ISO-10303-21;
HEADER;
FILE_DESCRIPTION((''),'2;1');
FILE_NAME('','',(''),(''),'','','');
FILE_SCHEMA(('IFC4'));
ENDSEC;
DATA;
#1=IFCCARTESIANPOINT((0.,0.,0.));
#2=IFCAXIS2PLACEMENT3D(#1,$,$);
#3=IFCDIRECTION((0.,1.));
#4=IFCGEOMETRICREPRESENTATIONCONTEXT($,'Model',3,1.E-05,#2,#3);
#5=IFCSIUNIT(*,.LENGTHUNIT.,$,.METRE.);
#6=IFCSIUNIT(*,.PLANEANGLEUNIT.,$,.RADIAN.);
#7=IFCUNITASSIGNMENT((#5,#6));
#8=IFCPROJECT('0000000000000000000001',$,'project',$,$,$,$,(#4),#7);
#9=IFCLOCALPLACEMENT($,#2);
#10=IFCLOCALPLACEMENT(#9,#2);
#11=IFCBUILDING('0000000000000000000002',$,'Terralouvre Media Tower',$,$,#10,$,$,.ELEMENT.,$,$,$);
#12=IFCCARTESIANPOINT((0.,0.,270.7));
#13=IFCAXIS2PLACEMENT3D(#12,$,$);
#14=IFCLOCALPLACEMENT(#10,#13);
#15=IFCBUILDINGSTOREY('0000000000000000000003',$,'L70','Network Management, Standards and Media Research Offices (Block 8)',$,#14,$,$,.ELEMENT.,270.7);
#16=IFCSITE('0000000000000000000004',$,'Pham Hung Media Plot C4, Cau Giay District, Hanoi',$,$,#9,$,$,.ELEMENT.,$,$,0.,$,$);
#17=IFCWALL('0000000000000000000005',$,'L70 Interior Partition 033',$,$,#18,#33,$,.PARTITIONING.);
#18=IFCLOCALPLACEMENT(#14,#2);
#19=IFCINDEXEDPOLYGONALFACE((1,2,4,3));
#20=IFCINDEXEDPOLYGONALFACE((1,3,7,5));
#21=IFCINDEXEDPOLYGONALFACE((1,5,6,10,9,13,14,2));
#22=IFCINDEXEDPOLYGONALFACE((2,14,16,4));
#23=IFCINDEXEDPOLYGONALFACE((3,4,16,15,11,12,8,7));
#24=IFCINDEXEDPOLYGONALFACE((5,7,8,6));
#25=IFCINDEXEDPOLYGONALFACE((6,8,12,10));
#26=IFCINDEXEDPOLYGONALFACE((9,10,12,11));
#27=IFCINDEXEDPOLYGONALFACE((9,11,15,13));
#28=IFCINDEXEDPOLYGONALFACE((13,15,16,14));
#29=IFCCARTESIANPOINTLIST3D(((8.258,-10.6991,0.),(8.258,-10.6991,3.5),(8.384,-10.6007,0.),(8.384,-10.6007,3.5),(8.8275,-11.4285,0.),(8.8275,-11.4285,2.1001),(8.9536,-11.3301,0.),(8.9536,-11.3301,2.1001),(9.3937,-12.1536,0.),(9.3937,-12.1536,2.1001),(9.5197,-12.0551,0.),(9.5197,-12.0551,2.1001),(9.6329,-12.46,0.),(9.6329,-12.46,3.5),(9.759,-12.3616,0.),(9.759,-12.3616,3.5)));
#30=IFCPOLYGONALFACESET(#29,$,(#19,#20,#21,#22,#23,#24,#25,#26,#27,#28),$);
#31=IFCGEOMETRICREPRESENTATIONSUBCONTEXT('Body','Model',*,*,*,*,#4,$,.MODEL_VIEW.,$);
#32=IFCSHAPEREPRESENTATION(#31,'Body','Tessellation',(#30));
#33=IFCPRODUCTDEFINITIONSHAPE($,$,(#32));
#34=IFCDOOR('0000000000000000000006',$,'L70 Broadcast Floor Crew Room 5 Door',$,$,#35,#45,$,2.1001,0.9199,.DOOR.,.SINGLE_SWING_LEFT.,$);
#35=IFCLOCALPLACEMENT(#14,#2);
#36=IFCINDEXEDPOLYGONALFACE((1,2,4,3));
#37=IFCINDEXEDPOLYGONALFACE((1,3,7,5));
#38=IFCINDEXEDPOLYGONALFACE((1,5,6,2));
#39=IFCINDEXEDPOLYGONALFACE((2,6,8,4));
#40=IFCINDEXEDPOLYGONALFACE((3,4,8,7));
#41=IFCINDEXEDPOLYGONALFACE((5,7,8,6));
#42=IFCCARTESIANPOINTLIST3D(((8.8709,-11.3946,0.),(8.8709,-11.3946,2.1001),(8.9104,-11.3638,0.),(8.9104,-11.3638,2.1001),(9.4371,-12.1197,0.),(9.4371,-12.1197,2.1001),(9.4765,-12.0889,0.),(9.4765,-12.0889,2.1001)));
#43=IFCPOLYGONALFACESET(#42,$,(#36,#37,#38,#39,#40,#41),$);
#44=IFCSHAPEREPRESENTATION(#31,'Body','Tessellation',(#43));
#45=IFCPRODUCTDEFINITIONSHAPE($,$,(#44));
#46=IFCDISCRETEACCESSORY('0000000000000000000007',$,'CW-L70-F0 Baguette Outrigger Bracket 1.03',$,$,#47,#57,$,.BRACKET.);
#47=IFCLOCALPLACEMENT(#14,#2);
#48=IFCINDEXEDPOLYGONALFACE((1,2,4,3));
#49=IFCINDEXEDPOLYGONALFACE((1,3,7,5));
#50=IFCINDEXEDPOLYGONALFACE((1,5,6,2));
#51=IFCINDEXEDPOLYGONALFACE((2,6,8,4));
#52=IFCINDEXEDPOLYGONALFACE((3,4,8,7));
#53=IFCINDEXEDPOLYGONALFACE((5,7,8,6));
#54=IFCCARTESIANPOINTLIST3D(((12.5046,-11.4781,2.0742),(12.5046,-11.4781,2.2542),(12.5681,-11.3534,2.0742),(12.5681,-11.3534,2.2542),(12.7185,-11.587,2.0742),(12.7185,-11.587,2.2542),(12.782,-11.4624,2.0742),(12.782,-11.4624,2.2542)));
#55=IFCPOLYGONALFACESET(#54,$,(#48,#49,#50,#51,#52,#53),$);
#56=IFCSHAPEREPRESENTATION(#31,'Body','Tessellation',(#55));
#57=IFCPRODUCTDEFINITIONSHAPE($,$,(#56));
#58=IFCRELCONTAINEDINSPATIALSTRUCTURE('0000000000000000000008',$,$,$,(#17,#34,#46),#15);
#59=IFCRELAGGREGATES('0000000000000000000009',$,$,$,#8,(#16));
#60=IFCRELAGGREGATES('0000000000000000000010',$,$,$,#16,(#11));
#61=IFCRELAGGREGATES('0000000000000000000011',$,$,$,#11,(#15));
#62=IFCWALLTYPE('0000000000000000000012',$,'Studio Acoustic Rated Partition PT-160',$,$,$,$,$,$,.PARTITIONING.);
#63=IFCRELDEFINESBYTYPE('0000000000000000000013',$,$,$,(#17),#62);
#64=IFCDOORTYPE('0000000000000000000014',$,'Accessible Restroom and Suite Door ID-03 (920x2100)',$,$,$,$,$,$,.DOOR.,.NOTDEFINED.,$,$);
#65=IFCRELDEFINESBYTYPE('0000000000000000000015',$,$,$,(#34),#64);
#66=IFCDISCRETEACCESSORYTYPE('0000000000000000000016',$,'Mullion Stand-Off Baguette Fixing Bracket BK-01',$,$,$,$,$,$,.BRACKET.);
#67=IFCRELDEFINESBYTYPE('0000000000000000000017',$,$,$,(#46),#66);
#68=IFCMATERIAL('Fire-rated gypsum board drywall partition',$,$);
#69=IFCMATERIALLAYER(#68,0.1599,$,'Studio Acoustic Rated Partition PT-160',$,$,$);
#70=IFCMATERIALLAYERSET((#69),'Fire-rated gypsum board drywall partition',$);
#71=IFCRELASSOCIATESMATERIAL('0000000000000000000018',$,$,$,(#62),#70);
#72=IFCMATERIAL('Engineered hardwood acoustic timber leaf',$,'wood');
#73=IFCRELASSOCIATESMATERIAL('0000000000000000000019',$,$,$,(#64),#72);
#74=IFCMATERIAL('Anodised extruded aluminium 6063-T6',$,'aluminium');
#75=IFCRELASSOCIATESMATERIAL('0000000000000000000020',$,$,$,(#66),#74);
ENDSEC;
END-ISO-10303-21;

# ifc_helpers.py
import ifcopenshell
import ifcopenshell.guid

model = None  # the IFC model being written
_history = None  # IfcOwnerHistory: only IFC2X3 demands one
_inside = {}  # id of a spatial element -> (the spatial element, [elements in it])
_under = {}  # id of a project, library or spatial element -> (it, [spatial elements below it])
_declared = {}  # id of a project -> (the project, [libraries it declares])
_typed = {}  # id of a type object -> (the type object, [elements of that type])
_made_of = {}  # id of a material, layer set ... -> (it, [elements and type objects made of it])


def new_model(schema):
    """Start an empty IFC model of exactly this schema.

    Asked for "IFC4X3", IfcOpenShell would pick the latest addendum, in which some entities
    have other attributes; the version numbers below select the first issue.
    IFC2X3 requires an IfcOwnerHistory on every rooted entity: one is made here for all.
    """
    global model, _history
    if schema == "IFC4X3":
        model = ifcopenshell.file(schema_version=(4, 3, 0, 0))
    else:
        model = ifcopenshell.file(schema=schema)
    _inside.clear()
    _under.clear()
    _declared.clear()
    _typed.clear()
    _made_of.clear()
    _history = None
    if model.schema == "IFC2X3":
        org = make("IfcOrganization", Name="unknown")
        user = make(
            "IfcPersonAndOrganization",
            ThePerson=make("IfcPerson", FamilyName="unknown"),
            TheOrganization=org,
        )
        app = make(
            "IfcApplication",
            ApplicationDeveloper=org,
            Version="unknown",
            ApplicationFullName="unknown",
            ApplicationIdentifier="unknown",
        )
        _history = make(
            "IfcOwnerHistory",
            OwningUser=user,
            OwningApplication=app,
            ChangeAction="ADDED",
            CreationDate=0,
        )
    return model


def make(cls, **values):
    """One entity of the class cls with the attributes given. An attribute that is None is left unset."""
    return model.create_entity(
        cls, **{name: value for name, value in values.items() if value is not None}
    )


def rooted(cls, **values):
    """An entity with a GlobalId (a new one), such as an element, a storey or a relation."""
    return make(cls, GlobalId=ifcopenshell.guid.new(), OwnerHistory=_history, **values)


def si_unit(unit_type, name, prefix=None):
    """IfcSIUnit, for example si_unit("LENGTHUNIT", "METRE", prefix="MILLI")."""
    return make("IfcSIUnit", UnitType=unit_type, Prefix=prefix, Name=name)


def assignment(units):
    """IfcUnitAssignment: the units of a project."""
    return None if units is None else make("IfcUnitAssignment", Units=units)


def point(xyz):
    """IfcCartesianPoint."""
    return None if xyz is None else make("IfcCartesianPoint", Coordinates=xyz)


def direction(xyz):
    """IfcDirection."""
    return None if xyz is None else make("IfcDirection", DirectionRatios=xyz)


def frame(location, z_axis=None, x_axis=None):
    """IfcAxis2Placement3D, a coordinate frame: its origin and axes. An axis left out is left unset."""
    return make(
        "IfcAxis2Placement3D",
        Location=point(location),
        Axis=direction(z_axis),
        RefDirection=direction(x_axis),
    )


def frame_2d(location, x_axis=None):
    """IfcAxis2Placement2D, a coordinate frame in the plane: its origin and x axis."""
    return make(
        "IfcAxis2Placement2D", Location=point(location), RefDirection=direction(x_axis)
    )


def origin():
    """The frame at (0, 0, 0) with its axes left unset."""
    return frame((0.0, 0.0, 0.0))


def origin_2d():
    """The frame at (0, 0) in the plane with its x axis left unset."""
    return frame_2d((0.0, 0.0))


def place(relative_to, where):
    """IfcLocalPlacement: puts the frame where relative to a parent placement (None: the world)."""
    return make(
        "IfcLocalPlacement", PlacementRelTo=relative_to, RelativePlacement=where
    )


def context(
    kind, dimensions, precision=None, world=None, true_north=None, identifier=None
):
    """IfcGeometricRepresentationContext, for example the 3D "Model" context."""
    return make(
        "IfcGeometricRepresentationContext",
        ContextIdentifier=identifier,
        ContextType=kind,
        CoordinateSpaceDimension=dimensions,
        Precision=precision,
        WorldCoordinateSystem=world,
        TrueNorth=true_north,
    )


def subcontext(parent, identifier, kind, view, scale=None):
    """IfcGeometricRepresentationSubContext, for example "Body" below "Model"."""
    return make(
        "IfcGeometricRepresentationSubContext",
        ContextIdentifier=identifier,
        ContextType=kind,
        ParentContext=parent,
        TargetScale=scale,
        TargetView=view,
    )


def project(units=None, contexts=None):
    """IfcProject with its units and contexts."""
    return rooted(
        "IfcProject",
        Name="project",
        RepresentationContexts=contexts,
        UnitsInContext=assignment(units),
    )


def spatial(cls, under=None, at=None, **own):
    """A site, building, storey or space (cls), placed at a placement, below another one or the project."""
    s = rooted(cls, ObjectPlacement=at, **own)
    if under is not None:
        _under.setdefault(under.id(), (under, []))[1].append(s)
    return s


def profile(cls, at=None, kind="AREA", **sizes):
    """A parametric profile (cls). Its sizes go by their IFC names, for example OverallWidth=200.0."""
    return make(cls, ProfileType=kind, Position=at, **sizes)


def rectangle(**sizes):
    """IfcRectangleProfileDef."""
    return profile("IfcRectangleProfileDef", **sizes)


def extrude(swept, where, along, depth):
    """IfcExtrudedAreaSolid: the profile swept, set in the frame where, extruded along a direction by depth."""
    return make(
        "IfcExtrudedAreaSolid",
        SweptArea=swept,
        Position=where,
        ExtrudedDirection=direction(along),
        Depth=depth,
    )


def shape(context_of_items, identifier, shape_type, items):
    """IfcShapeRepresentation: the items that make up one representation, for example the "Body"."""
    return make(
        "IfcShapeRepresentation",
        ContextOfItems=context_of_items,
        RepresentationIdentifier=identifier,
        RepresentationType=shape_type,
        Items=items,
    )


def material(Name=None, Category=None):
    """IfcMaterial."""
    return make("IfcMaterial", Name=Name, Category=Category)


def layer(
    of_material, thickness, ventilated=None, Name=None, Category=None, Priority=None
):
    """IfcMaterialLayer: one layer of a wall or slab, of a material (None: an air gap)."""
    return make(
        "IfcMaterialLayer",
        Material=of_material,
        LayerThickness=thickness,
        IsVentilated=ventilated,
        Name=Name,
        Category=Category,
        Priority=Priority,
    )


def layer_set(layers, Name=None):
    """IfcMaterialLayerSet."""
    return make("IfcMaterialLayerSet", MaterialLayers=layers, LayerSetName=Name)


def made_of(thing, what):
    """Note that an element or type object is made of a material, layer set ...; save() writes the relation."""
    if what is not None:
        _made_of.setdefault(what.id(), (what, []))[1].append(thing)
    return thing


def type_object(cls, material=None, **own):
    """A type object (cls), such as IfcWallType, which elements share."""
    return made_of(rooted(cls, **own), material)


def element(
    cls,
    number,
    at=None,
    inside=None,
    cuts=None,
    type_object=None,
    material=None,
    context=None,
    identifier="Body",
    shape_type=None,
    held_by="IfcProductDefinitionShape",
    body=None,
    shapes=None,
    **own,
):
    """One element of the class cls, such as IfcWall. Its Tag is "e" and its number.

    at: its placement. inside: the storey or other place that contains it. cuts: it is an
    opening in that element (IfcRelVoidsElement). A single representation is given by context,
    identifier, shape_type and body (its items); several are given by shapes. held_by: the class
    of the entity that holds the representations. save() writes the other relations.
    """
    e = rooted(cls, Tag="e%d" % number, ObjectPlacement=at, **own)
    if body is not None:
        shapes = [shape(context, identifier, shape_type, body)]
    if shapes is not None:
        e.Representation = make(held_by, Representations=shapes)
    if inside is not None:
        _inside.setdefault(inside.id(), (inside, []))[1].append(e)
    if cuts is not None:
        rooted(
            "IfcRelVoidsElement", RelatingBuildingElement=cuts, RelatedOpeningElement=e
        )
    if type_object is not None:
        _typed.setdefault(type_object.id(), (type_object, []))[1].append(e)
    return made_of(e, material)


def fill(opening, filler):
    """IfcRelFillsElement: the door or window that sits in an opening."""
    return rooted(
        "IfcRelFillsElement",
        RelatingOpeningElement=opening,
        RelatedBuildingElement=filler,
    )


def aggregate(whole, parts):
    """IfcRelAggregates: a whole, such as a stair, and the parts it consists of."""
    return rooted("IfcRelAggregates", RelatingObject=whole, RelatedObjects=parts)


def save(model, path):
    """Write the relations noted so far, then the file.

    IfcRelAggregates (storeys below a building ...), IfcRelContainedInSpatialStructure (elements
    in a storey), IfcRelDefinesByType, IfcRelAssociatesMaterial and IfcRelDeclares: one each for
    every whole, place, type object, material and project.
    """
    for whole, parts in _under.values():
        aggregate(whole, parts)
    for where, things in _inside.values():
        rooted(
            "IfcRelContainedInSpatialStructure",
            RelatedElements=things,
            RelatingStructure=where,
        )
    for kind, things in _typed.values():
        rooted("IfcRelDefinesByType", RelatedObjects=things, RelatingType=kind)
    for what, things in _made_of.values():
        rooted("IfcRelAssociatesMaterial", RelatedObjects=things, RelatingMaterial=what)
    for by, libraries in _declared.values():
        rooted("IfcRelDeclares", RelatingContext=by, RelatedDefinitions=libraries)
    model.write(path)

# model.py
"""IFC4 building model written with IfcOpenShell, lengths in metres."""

from ifc_helpers import new_model, si_unit, direction, frame, frame_2d, origin, origin_2d, place, context, subcontext, project, spatial, rectangle, extrude, material, layer, layer_set, type_object, element, fill, save


model = new_model("IFC4")

# Units and contexts
model_context = context("Model", 3, precision=1e-05, world=origin(), true_north=direction((0.0, 1.0)))
body_context = subcontext(model_context, "Body", "Model", "MODEL_VIEW")
ifc_project = project(units=[si_unit("LENGTHUNIT", "METRE"), si_unit("PLANEANGLEUNIT", "RADIAN")], contexts=[model_context])

# Site, building, storey
site_placement = place(None, origin())
site = spatial("IfcSite", under=ifc_project, at=site_placement, Name="Pham Hung Media Plot C4, Cau Giay District, Hanoi", CompositionType="ELEMENT", RefElevation=0.0)
building_placement = place(site_placement, origin())
building = spatial("IfcBuilding", under=site, at=building_placement, Name="Terralouvre Media Tower", CompositionType="ELEMENT")
storey_placement = place(building_placement, frame((0.0, 0.0, 270.7)))
storey = spatial("IfcBuildingStorey", under=building, at=storey_placement, Name="L70", Description="Network Management, Standards and Media Research Offices (Block 8)", CompositionType="ELEMENT", Elevation=270.7)

# Wall, opening, door
ifc_material_1 = material(Name="Fire-rated gypsum board drywall partition")
ifc_layer_1 = layer(ifc_material_1, 0.1599, Name="Studio Acoustic Rated Partition PT-160")
ifc_layer_set_1 = layer_set([ifc_layer_1], Name="Fire-rated gypsum board drywall partition")
wall_type_1 = type_object("IfcWallType", Name="Studio Acoustic Rated Partition PT-160", PredefinedType="PARTITIONING", material=ifc_layer_set_1)
wall_1_placement = place(storey_placement, frame((9.696, -12.4109, 0.0), z_axis=(0.0, 0.0, 1.0), x_axis=(-0.61543, 0.788192, 0.0)))
wall_1 = element("IfcWall", 1, at=wall_1_placement, inside=storey, type_object=wall_type_1, Name="L70 Interior Partition 033", PredefinedType="PARTITIONING", context=body_context, shape_type="SweptSolid", body=[
    extrude(rectangle(XDim=2.2341, YDim=0.1599, at=frame_2d((1.1172, 0.0))), origin(), (0.0, 0.0, 1.0), 3.5),
])
opening_1_placement = place(wall_1_placement, frame((0.3889, 0.0, 0.0)))
opening_1 = element("IfcOpeningElement", 2, at=opening_1_placement, cuts=wall_1, PredefinedType="OPENING", context=body_context, shape_type="SweptSolid", body=[
    extrude(rectangle(XDim=0.9199, YDim=2.1001, at=frame_2d((0.46, 1.05))), frame((0.0, 0.0898, 0.0), z_axis=(0.0, -1.0, 0.0), x_axis=(1.0, 0.0, 0.0)), (0.0, 0.0, 1.0), 0.1799),
])
ifc_material_2 = material(Name="Engineered hardwood acoustic timber leaf", Category="wood")
door_type_1 = type_object("IfcDoorType", Name="Accessible Restroom and Suite Door ID-03 (920x2100)", OperationType="NOTDEFINED", PredefinedType="DOOR", material=ifc_material_2)
door_1_placement = place(opening_1_placement, origin())
door_1 = element("IfcDoor", 3, at=door_1_placement, inside=storey, type_object=door_type_1, Name="L70 Broadcast Floor Crew Room 5 Door", OperationType="SINGLE_SWING_LEFT", OverallHeight=2.1001, OverallWidth=0.9199, PredefinedType="DOOR", context=body_context, shape_type="SweptSolid", body=[
    extrude(rectangle(XDim=0.9199, YDim=2.1001, at=frame_2d((0.46, 1.05))), frame((0.0, 0.0249, 0.0), z_axis=(0.0, -1.0, 0.0), x_axis=(1.0, 0.0, 0.0)), (0.0, 0.0, 1.0), 0.05),
])
fill(opening_1, door_1)

# Discrete accessory
ifc_material_3 = material(Name="Anodised extruded aluminium 6063-T6", Category="aluminium")
discrete_accessory_type = type_object("IfcDiscreteAccessoryType", Name="Mullion Stand-Off Baguette Fixing Bracket BK-01", PredefinedType="BRACKET", material=ifc_material_3)
discrete_accessory_placement = place(storey_placement, frame((12.6433, -11.4702, 2.0742), z_axis=(0.0, 0.0, 1.0), x_axis=(0.45399, 0.891007, 0.0)))
element("IfcDiscreteAccessory", 4, at=discrete_accessory_placement, inside=storey, type_object=discrete_accessory_type, Name="CW-L70-F0 Baguette Outrigger Bracket 1.03", PredefinedType="BRACKET", context=body_context, shape_type="SweptSolid", body=[
    extrude(rectangle(XDim=0.1399, YDim=0.24, at=origin_2d()), origin(), (0.0, 0.0, 1.0), 0.1799),
])

save(model, "model.ifc")
